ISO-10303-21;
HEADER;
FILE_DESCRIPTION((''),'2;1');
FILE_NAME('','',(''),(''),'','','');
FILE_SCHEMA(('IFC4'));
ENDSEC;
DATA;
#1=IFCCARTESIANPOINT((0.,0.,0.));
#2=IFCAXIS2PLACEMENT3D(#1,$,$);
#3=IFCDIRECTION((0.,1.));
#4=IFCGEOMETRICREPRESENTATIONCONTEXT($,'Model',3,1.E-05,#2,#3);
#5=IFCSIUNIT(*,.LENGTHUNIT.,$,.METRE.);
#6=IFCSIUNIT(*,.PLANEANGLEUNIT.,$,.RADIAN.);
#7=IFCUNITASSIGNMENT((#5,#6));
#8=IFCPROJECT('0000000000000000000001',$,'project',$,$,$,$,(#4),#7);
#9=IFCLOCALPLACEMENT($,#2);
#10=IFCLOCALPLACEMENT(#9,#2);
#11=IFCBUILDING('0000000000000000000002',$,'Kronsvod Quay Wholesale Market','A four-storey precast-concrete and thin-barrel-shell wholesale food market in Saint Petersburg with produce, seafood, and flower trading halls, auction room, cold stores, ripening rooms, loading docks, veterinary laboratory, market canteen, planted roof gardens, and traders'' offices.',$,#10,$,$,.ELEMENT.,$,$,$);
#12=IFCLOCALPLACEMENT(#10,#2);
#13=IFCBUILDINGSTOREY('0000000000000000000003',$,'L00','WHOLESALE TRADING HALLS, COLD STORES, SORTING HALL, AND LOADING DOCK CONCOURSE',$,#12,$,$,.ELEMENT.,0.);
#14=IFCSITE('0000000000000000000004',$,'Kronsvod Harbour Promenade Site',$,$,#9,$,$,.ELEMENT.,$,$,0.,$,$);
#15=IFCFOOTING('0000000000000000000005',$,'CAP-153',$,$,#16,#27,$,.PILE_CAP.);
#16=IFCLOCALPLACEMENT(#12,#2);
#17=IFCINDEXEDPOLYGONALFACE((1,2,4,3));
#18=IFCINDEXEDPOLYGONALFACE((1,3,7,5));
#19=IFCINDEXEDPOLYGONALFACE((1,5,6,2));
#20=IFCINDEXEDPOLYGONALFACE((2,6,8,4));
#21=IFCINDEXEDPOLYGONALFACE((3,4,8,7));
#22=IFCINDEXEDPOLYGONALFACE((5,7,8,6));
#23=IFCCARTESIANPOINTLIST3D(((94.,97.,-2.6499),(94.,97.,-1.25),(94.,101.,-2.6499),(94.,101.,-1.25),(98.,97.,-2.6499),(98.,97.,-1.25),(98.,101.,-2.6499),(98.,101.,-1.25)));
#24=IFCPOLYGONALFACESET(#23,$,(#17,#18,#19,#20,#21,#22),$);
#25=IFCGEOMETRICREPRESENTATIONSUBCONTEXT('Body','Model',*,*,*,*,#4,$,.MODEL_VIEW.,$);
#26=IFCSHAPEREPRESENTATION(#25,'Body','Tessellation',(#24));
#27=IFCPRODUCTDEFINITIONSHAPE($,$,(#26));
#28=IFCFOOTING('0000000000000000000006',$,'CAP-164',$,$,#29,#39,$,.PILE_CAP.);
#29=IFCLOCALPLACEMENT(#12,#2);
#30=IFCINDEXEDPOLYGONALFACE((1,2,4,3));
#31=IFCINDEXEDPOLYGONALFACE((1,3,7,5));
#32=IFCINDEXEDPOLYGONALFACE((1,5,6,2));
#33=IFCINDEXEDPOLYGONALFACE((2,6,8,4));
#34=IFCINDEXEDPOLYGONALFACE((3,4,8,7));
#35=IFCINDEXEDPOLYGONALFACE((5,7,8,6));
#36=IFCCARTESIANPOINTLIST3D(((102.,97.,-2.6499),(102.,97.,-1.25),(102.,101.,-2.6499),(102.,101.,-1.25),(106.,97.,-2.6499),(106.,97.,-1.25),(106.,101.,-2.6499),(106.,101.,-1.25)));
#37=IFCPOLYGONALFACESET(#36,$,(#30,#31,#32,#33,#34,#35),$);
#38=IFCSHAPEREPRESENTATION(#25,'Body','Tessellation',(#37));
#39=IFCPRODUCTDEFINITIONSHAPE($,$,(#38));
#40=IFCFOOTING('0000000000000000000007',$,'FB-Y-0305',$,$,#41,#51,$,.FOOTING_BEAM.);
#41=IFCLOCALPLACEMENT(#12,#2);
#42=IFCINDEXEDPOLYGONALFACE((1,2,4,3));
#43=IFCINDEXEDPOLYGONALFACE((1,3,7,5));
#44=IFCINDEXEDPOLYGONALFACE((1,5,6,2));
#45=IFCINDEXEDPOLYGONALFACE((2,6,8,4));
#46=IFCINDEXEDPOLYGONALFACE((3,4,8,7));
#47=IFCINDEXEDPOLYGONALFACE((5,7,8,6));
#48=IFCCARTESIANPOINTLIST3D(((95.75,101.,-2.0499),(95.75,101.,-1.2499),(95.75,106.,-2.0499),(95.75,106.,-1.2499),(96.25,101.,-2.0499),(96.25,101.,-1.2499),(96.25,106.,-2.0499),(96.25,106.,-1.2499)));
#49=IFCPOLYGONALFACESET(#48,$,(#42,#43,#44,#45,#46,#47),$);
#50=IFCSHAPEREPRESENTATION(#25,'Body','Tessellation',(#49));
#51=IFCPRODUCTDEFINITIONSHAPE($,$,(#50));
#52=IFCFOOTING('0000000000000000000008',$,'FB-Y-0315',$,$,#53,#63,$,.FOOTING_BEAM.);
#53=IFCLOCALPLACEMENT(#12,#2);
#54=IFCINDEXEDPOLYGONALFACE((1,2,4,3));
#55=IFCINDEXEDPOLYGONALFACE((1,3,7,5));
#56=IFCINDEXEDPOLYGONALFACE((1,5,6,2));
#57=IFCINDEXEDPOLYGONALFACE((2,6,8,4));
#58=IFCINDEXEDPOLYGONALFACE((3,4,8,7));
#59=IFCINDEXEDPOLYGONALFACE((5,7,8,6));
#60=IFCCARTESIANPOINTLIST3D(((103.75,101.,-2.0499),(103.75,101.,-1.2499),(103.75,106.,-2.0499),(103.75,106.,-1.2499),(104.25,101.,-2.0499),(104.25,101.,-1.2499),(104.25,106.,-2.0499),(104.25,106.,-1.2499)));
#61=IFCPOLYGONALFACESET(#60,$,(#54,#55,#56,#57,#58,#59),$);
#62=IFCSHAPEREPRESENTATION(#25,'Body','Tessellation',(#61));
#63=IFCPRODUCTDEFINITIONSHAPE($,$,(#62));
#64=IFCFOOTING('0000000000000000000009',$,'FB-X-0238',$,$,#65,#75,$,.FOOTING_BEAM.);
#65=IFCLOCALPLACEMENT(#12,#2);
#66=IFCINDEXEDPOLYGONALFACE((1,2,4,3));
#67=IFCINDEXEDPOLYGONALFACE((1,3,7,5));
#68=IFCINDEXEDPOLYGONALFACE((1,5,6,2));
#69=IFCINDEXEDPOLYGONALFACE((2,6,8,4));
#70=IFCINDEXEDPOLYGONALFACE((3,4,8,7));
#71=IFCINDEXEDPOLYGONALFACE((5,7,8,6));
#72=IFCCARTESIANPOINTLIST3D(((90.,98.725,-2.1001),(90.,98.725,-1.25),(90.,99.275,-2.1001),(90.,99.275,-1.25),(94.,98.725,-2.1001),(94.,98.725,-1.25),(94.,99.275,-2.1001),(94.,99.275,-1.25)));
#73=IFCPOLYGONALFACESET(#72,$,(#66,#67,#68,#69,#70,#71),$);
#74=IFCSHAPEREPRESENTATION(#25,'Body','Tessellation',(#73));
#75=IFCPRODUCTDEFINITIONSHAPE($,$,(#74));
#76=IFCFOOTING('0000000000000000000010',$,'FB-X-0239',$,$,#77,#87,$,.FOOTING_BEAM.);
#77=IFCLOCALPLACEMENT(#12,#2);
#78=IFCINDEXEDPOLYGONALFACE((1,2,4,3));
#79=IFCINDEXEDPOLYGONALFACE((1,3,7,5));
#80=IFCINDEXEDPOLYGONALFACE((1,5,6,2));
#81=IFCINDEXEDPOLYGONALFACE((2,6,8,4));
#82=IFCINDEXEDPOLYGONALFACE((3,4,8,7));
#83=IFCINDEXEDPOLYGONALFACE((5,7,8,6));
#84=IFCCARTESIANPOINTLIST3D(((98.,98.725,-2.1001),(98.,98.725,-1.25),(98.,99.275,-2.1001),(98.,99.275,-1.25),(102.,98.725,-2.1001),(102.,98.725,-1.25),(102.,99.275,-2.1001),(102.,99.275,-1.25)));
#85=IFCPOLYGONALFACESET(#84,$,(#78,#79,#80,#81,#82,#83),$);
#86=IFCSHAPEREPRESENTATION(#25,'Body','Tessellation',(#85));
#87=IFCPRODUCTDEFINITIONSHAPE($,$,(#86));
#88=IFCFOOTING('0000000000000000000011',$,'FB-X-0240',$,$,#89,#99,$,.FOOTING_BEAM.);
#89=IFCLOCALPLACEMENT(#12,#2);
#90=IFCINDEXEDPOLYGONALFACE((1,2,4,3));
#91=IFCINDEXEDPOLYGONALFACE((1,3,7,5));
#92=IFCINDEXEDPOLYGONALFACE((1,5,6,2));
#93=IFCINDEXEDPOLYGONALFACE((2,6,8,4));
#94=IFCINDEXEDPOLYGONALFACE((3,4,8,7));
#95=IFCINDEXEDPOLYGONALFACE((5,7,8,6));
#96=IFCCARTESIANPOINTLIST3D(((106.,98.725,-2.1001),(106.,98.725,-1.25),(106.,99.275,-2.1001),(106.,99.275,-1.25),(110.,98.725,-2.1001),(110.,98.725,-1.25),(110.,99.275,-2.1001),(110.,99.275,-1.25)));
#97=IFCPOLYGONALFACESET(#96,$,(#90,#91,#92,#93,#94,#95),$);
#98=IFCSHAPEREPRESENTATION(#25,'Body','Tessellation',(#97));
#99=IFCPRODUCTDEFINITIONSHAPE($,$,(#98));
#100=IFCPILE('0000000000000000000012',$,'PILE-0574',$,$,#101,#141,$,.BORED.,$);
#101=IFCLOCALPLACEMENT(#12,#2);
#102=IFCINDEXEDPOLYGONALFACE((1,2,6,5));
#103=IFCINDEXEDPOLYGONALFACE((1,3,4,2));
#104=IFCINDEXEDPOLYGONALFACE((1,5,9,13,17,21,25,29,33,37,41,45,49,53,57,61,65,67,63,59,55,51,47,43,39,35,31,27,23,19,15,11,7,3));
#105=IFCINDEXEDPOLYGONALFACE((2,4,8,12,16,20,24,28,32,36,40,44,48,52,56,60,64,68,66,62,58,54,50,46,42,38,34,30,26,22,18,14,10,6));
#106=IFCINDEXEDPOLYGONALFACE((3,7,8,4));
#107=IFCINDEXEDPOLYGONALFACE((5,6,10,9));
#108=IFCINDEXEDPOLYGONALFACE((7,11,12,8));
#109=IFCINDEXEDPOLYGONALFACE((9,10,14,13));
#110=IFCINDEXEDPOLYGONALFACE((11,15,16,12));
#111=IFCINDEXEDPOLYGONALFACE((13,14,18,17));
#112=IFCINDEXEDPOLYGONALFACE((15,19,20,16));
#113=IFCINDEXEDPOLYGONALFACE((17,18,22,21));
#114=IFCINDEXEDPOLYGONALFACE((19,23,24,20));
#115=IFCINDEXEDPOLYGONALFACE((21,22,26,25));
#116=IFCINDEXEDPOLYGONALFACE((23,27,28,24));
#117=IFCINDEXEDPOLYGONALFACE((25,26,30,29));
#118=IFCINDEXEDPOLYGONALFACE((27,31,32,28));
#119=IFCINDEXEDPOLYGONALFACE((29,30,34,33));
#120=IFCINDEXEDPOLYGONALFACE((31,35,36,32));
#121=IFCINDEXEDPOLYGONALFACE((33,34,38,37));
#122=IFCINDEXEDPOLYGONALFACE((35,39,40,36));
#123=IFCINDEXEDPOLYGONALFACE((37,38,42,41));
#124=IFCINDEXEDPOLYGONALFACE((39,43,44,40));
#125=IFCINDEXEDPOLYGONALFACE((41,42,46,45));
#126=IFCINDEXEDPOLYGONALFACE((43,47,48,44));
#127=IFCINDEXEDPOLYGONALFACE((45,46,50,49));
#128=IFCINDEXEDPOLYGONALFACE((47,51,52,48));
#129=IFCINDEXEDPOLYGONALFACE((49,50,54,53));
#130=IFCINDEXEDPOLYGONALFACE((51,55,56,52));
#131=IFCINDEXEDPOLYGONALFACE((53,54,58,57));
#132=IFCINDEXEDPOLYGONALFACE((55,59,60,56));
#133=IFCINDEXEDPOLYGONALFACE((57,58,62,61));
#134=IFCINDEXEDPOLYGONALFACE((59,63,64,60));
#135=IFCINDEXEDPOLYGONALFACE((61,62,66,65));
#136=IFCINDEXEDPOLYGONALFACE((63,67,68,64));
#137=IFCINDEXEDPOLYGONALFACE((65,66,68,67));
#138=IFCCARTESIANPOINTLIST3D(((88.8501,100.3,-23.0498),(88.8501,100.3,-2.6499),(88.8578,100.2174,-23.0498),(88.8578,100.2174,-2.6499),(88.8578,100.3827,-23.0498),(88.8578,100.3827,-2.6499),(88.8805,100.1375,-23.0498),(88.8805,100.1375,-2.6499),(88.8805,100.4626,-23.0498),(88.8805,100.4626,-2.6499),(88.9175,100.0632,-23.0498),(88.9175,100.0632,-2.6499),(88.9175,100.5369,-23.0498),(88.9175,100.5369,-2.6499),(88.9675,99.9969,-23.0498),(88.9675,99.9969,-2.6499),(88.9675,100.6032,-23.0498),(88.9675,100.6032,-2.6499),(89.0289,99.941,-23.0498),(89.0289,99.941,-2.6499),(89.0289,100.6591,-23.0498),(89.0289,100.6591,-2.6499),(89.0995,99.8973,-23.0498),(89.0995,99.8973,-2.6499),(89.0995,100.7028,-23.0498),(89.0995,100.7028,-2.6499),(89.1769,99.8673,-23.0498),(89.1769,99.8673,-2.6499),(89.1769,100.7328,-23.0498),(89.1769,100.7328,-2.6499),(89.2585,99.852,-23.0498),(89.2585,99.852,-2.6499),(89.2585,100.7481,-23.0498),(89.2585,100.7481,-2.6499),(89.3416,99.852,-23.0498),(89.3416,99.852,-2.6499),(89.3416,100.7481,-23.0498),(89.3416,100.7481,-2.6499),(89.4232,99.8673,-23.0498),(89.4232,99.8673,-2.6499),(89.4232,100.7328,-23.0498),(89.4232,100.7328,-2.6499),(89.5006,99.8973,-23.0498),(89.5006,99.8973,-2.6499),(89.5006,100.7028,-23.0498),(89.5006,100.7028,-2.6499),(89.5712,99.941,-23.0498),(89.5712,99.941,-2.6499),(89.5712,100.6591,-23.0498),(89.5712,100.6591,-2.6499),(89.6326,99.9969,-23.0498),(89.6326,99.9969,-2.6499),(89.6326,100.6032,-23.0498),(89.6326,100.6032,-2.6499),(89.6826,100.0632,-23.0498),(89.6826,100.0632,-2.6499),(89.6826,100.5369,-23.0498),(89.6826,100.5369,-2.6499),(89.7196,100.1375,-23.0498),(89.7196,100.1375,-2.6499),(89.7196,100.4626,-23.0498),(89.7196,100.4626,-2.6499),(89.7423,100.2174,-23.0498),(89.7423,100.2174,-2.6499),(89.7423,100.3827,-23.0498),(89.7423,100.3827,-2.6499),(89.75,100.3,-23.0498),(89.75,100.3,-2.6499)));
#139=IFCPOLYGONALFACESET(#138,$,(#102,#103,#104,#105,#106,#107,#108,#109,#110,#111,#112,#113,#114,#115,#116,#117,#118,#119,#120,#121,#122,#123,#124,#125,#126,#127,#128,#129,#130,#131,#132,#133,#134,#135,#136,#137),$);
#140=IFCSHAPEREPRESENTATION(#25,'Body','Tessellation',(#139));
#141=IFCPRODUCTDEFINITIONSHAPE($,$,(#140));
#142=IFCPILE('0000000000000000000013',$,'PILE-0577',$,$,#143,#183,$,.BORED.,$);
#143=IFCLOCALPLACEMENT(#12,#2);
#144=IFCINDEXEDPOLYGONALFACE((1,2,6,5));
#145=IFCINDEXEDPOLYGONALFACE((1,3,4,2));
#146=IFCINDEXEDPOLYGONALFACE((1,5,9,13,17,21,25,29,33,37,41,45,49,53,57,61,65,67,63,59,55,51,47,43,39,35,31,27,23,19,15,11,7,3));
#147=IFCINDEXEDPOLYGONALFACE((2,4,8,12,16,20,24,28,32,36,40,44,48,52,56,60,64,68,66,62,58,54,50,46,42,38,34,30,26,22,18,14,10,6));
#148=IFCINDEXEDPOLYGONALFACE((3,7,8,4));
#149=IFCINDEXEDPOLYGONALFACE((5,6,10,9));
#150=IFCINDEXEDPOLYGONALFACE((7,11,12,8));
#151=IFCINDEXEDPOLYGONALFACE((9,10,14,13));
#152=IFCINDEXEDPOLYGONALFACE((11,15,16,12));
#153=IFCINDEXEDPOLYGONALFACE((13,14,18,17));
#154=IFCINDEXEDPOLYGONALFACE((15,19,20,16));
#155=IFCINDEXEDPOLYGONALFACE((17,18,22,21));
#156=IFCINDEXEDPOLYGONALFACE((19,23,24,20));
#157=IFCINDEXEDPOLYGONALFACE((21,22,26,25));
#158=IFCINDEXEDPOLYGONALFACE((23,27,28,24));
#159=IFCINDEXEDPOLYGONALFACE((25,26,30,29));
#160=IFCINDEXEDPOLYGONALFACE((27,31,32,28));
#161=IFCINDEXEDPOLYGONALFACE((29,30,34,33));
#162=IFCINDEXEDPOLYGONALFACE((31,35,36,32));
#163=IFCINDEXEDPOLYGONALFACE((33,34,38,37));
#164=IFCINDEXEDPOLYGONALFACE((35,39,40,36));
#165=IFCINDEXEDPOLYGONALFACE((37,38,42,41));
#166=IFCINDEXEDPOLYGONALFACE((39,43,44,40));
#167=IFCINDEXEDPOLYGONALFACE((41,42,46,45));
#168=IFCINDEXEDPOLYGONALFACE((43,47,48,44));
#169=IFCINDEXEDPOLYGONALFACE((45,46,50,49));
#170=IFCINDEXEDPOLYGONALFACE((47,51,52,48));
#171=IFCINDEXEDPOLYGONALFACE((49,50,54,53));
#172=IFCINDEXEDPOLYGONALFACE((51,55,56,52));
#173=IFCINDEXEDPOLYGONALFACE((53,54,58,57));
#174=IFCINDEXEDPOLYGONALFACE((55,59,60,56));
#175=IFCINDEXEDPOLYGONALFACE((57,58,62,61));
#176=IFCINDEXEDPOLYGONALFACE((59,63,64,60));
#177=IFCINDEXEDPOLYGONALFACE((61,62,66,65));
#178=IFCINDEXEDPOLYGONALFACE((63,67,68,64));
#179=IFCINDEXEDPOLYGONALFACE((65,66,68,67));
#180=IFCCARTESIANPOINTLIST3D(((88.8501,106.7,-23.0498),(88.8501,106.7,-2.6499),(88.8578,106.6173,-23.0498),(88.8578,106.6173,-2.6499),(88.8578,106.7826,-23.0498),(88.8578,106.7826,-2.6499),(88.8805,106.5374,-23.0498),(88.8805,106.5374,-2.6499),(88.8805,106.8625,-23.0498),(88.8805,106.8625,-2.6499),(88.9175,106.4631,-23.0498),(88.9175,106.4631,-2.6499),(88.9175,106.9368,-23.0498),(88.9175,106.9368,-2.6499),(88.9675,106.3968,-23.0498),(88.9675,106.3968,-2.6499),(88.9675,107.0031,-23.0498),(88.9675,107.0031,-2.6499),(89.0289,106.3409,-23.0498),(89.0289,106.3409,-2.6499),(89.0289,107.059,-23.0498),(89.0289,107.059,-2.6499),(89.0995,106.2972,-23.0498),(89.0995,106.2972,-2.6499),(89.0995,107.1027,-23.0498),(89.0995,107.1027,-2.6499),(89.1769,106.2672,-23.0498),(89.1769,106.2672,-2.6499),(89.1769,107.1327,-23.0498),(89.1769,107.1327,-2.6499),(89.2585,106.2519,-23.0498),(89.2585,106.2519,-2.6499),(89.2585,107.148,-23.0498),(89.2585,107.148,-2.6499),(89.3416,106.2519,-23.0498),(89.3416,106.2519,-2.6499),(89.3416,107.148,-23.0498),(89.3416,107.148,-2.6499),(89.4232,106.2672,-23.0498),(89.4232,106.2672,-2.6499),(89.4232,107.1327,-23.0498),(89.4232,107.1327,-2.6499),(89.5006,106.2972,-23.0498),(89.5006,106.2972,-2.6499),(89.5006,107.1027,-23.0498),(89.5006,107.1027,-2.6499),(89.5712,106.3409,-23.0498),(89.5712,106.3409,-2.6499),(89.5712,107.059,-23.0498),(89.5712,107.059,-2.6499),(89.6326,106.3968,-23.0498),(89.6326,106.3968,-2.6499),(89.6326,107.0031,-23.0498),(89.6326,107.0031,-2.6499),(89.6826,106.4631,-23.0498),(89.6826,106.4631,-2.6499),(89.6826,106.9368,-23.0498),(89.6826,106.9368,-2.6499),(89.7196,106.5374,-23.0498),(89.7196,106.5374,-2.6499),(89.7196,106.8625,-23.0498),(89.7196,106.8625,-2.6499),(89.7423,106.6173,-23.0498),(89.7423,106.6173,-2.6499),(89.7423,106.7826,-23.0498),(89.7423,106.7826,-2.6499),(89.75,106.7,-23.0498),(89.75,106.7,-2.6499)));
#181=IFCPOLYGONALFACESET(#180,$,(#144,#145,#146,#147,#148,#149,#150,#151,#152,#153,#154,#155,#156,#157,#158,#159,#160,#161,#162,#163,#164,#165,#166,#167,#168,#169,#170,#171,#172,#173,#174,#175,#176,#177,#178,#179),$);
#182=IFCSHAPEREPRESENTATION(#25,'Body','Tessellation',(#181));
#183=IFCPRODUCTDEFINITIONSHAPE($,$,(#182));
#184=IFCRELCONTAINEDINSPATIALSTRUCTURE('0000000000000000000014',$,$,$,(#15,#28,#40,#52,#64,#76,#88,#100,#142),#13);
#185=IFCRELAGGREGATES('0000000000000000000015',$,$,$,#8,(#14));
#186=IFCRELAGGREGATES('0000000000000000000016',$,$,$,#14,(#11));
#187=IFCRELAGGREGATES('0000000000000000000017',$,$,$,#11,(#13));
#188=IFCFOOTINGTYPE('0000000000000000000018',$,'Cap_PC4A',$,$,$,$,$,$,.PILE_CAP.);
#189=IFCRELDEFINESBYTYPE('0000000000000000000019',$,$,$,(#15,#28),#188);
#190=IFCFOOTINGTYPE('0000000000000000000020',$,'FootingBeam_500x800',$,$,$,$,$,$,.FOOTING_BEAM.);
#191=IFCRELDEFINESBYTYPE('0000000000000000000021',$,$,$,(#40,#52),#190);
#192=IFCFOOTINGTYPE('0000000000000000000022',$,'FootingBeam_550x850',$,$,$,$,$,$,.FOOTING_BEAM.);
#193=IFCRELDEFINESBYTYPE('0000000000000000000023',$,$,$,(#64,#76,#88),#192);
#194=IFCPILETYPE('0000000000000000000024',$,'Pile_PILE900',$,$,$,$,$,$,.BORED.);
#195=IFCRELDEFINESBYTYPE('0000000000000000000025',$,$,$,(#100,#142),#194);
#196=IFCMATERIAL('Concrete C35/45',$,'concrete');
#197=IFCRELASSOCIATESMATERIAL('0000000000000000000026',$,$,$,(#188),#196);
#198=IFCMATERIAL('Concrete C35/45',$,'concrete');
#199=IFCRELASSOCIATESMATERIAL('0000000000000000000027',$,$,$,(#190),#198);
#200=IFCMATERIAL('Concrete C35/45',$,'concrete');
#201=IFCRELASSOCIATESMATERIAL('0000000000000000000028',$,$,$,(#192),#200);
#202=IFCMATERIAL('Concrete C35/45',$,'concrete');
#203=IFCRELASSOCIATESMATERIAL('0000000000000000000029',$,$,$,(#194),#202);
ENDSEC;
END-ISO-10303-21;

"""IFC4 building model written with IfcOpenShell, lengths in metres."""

from ifc_helpers import new_model, si_unit, direction, frame, origin, origin_2d, place, context, subcontext, project, spatial, rectangle, circle, extrude, material, material_profile, profile_set, type_object, element, save


model = new_model("IFC4")

# Units and contexts
model_context = context("Model", 3, precision=1e-05, world=origin(), true_north=direction((0.0, 1.0)))
body_context = subcontext(model_context, "Body", "Model", "MODEL_VIEW")
ifc_project = project(units=[si_unit("LENGTHUNIT", "METRE"), si_unit("PLANEANGLEUNIT", "RADIAN")], contexts=[model_context])

# Site, building, storey
site_placement = place(None, origin())
site = spatial("IfcSite", under=ifc_project, at=site_placement, Name="Kronsvod Harbour Promenade Site", CompositionType="ELEMENT", RefElevation=0.0)
building_placement = place(site_placement, origin())
building = spatial("IfcBuilding", under=site, at=building_placement, Name="Kronsvod Quay Wholesale Market", Description="A four-storey precast-concrete and thin-barrel-shell wholesale food market in Saint Petersburg with produce, seafood, and flower trading halls, auction room, cold stores, ripening rooms, loading docks, veterinary laboratory, market canteen, planted roof gardens, and traders' offices.", CompositionType="ELEMENT")
storey_placement = place(building_placement, origin())
storey = spatial("IfcBuildingStorey", under=building, at=storey_placement, Name="L00", Description="WHOLESALE TRADING HALLS, COLD STORES, SORTING HALL, AND LOADING DOCK CONCOURSE", CompositionType="ELEMENT", Elevation=0.0)

# Footings
ifc_material_1 = material(Name="Concrete C35/45", Category="concrete")
footing_type_1 = type_object("IfcFootingType", Name="Cap_PC4A", PredefinedType="PILE_CAP", material=ifc_material_1)
for number, where, z_axis, x_axis, name in (
    (1, (96.0, 99.0, -2.6499), (0.0, 0.0, 1.0), (1.0, 0.0, 0.0), "CAP-153"),
    (2, (104.0, 99.0, -2.6499), (0.0, 0.0, 1.0), (1.0, 0.0, 0.0), "CAP-164"),
):
    element("IfcFooting", number, at=place(storey_placement, frame(where, z_axis=z_axis, x_axis=x_axis)), inside=storey, type_object=footing_type_1, Name=name, PredefinedType="PILE_CAP", context=body_context, shape_type="SweptSolid", body=[
        extrude(rectangle(XDim=4.0, YDim=4.0, at=origin_2d()), origin(), (0.0, 0.0, 1.0), 1.3999),
    ])
ifc_material_2 = material(Name="Concrete C35/45", Category="concrete")
ifc_material_profile_1 = material_profile(ifc_material_2, rectangle(XDim=0.5, YDim=0.8, at=origin_2d()), Name="FB-01")
ifc_profile_set_1 = profile_set([ifc_material_profile_1], Name="Concrete C35/45")
footing_type_2 = type_object("IfcFootingType", Name="FootingBeam_500x800", PredefinedType="FOOTING_BEAM", material=ifc_profile_set_1)
for number, where, z_axis, x_axis, name in (
    (3, (96.0, 101.0, -1.6499), (0.0, 1.0, 0.0), (-1.0, 0.0, 0.0), "FB-Y-0305"),
    (4, (104.0, 101.0, -1.6499), (0.0, 1.0, 0.0), (-1.0, 0.0, 0.0), "FB-Y-0315"),
):
    element("IfcFooting", number, at=place(storey_placement, frame(where, z_axis=z_axis, x_axis=x_axis)), inside=storey, type_object=footing_type_2, Name=name, PredefinedType="FOOTING_BEAM", context=body_context, shape_type="SweptSolid", body=[
        extrude(rectangle(XDim=0.5, YDim=0.8, at=origin_2d()), origin(), (0.0, 0.0, 1.0), 5.0),
    ])
ifc_material_3 = material(Name="Concrete C35/45", Category="concrete")
ifc_material_profile_2 = material_profile(ifc_material_3, rectangle(XDim=0.55, YDim=0.8501, at=origin_2d()), Name="FB-03")
ifc_profile_set_2 = profile_set([ifc_material_profile_2], Name="Concrete C35/45")
footing_type_3 = type_object("IfcFootingType", Name="FootingBeam_550x850", PredefinedType="FOOTING_BEAM", material=ifc_profile_set_2)
for number, where, z_axis, x_axis, name in (
    (5, (90.0, 99.0, -1.675), (1.0, 0.0, 0.0), (0.0, 1.0, 0.0), "FB-X-0238"),
    (6, (98.0, 99.0, -1.675), (1.0, 0.0, 0.0), (0.0, 1.0, 0.0), "FB-X-0239"),
    (7, (106.0, 99.0, -1.675), (1.0, 0.0, 0.0), (0.0, 1.0, 0.0), "FB-X-0240"),
):
    element("IfcFooting", number, at=place(storey_placement, frame(where, z_axis=z_axis, x_axis=x_axis)), inside=storey, type_object=footing_type_3, Name=name, PredefinedType="FOOTING_BEAM", context=body_context, shape_type="SweptSolid", body=[
        extrude(rectangle(XDim=0.55, YDim=0.8501, at=origin_2d()), origin(), (0.0, 0.0, 1.0), 4.0),
    ])

# Piles
ifc_material_4 = material(Name="Concrete C35/45", Category="concrete")
ifc_material_profile_3 = material_profile(ifc_material_4, circle(Radius=0.45, at=origin_2d()), Name="PILE900")
ifc_profile_set_3 = profile_set([ifc_material_profile_3], Name="Concrete C35/45")
pile_type = type_object("IfcPileType", Name="Pile_PILE900", PredefinedType="BORED", material=ifc_profile_set_3)
for number, where, z_axis, x_axis, name in (
    (8, (89.3, 100.3, -2.6499), (0.0, 0.0, -1.0), (1.0, 0.0, 0.0), "PILE-0574"),
    (9, (89.3, 106.7, -2.6499), (0.0, 0.0, -1.0), (1.0, 0.0, 0.0), "PILE-0577"),
):
    element("IfcPile", number, at=place(storey_placement, frame(where, z_axis=z_axis, x_axis=x_axis)), inside=storey, type_object=pile_type, Name=name, PredefinedType="BORED", context=body_context, shape_type="SweptSolid", body=[
        extrude(circle(Radius=0.45, at=origin_2d()), origin(), (0.0, 0.0, 1.0), 20.3999),
    ])

save(model, "model.ifc")
